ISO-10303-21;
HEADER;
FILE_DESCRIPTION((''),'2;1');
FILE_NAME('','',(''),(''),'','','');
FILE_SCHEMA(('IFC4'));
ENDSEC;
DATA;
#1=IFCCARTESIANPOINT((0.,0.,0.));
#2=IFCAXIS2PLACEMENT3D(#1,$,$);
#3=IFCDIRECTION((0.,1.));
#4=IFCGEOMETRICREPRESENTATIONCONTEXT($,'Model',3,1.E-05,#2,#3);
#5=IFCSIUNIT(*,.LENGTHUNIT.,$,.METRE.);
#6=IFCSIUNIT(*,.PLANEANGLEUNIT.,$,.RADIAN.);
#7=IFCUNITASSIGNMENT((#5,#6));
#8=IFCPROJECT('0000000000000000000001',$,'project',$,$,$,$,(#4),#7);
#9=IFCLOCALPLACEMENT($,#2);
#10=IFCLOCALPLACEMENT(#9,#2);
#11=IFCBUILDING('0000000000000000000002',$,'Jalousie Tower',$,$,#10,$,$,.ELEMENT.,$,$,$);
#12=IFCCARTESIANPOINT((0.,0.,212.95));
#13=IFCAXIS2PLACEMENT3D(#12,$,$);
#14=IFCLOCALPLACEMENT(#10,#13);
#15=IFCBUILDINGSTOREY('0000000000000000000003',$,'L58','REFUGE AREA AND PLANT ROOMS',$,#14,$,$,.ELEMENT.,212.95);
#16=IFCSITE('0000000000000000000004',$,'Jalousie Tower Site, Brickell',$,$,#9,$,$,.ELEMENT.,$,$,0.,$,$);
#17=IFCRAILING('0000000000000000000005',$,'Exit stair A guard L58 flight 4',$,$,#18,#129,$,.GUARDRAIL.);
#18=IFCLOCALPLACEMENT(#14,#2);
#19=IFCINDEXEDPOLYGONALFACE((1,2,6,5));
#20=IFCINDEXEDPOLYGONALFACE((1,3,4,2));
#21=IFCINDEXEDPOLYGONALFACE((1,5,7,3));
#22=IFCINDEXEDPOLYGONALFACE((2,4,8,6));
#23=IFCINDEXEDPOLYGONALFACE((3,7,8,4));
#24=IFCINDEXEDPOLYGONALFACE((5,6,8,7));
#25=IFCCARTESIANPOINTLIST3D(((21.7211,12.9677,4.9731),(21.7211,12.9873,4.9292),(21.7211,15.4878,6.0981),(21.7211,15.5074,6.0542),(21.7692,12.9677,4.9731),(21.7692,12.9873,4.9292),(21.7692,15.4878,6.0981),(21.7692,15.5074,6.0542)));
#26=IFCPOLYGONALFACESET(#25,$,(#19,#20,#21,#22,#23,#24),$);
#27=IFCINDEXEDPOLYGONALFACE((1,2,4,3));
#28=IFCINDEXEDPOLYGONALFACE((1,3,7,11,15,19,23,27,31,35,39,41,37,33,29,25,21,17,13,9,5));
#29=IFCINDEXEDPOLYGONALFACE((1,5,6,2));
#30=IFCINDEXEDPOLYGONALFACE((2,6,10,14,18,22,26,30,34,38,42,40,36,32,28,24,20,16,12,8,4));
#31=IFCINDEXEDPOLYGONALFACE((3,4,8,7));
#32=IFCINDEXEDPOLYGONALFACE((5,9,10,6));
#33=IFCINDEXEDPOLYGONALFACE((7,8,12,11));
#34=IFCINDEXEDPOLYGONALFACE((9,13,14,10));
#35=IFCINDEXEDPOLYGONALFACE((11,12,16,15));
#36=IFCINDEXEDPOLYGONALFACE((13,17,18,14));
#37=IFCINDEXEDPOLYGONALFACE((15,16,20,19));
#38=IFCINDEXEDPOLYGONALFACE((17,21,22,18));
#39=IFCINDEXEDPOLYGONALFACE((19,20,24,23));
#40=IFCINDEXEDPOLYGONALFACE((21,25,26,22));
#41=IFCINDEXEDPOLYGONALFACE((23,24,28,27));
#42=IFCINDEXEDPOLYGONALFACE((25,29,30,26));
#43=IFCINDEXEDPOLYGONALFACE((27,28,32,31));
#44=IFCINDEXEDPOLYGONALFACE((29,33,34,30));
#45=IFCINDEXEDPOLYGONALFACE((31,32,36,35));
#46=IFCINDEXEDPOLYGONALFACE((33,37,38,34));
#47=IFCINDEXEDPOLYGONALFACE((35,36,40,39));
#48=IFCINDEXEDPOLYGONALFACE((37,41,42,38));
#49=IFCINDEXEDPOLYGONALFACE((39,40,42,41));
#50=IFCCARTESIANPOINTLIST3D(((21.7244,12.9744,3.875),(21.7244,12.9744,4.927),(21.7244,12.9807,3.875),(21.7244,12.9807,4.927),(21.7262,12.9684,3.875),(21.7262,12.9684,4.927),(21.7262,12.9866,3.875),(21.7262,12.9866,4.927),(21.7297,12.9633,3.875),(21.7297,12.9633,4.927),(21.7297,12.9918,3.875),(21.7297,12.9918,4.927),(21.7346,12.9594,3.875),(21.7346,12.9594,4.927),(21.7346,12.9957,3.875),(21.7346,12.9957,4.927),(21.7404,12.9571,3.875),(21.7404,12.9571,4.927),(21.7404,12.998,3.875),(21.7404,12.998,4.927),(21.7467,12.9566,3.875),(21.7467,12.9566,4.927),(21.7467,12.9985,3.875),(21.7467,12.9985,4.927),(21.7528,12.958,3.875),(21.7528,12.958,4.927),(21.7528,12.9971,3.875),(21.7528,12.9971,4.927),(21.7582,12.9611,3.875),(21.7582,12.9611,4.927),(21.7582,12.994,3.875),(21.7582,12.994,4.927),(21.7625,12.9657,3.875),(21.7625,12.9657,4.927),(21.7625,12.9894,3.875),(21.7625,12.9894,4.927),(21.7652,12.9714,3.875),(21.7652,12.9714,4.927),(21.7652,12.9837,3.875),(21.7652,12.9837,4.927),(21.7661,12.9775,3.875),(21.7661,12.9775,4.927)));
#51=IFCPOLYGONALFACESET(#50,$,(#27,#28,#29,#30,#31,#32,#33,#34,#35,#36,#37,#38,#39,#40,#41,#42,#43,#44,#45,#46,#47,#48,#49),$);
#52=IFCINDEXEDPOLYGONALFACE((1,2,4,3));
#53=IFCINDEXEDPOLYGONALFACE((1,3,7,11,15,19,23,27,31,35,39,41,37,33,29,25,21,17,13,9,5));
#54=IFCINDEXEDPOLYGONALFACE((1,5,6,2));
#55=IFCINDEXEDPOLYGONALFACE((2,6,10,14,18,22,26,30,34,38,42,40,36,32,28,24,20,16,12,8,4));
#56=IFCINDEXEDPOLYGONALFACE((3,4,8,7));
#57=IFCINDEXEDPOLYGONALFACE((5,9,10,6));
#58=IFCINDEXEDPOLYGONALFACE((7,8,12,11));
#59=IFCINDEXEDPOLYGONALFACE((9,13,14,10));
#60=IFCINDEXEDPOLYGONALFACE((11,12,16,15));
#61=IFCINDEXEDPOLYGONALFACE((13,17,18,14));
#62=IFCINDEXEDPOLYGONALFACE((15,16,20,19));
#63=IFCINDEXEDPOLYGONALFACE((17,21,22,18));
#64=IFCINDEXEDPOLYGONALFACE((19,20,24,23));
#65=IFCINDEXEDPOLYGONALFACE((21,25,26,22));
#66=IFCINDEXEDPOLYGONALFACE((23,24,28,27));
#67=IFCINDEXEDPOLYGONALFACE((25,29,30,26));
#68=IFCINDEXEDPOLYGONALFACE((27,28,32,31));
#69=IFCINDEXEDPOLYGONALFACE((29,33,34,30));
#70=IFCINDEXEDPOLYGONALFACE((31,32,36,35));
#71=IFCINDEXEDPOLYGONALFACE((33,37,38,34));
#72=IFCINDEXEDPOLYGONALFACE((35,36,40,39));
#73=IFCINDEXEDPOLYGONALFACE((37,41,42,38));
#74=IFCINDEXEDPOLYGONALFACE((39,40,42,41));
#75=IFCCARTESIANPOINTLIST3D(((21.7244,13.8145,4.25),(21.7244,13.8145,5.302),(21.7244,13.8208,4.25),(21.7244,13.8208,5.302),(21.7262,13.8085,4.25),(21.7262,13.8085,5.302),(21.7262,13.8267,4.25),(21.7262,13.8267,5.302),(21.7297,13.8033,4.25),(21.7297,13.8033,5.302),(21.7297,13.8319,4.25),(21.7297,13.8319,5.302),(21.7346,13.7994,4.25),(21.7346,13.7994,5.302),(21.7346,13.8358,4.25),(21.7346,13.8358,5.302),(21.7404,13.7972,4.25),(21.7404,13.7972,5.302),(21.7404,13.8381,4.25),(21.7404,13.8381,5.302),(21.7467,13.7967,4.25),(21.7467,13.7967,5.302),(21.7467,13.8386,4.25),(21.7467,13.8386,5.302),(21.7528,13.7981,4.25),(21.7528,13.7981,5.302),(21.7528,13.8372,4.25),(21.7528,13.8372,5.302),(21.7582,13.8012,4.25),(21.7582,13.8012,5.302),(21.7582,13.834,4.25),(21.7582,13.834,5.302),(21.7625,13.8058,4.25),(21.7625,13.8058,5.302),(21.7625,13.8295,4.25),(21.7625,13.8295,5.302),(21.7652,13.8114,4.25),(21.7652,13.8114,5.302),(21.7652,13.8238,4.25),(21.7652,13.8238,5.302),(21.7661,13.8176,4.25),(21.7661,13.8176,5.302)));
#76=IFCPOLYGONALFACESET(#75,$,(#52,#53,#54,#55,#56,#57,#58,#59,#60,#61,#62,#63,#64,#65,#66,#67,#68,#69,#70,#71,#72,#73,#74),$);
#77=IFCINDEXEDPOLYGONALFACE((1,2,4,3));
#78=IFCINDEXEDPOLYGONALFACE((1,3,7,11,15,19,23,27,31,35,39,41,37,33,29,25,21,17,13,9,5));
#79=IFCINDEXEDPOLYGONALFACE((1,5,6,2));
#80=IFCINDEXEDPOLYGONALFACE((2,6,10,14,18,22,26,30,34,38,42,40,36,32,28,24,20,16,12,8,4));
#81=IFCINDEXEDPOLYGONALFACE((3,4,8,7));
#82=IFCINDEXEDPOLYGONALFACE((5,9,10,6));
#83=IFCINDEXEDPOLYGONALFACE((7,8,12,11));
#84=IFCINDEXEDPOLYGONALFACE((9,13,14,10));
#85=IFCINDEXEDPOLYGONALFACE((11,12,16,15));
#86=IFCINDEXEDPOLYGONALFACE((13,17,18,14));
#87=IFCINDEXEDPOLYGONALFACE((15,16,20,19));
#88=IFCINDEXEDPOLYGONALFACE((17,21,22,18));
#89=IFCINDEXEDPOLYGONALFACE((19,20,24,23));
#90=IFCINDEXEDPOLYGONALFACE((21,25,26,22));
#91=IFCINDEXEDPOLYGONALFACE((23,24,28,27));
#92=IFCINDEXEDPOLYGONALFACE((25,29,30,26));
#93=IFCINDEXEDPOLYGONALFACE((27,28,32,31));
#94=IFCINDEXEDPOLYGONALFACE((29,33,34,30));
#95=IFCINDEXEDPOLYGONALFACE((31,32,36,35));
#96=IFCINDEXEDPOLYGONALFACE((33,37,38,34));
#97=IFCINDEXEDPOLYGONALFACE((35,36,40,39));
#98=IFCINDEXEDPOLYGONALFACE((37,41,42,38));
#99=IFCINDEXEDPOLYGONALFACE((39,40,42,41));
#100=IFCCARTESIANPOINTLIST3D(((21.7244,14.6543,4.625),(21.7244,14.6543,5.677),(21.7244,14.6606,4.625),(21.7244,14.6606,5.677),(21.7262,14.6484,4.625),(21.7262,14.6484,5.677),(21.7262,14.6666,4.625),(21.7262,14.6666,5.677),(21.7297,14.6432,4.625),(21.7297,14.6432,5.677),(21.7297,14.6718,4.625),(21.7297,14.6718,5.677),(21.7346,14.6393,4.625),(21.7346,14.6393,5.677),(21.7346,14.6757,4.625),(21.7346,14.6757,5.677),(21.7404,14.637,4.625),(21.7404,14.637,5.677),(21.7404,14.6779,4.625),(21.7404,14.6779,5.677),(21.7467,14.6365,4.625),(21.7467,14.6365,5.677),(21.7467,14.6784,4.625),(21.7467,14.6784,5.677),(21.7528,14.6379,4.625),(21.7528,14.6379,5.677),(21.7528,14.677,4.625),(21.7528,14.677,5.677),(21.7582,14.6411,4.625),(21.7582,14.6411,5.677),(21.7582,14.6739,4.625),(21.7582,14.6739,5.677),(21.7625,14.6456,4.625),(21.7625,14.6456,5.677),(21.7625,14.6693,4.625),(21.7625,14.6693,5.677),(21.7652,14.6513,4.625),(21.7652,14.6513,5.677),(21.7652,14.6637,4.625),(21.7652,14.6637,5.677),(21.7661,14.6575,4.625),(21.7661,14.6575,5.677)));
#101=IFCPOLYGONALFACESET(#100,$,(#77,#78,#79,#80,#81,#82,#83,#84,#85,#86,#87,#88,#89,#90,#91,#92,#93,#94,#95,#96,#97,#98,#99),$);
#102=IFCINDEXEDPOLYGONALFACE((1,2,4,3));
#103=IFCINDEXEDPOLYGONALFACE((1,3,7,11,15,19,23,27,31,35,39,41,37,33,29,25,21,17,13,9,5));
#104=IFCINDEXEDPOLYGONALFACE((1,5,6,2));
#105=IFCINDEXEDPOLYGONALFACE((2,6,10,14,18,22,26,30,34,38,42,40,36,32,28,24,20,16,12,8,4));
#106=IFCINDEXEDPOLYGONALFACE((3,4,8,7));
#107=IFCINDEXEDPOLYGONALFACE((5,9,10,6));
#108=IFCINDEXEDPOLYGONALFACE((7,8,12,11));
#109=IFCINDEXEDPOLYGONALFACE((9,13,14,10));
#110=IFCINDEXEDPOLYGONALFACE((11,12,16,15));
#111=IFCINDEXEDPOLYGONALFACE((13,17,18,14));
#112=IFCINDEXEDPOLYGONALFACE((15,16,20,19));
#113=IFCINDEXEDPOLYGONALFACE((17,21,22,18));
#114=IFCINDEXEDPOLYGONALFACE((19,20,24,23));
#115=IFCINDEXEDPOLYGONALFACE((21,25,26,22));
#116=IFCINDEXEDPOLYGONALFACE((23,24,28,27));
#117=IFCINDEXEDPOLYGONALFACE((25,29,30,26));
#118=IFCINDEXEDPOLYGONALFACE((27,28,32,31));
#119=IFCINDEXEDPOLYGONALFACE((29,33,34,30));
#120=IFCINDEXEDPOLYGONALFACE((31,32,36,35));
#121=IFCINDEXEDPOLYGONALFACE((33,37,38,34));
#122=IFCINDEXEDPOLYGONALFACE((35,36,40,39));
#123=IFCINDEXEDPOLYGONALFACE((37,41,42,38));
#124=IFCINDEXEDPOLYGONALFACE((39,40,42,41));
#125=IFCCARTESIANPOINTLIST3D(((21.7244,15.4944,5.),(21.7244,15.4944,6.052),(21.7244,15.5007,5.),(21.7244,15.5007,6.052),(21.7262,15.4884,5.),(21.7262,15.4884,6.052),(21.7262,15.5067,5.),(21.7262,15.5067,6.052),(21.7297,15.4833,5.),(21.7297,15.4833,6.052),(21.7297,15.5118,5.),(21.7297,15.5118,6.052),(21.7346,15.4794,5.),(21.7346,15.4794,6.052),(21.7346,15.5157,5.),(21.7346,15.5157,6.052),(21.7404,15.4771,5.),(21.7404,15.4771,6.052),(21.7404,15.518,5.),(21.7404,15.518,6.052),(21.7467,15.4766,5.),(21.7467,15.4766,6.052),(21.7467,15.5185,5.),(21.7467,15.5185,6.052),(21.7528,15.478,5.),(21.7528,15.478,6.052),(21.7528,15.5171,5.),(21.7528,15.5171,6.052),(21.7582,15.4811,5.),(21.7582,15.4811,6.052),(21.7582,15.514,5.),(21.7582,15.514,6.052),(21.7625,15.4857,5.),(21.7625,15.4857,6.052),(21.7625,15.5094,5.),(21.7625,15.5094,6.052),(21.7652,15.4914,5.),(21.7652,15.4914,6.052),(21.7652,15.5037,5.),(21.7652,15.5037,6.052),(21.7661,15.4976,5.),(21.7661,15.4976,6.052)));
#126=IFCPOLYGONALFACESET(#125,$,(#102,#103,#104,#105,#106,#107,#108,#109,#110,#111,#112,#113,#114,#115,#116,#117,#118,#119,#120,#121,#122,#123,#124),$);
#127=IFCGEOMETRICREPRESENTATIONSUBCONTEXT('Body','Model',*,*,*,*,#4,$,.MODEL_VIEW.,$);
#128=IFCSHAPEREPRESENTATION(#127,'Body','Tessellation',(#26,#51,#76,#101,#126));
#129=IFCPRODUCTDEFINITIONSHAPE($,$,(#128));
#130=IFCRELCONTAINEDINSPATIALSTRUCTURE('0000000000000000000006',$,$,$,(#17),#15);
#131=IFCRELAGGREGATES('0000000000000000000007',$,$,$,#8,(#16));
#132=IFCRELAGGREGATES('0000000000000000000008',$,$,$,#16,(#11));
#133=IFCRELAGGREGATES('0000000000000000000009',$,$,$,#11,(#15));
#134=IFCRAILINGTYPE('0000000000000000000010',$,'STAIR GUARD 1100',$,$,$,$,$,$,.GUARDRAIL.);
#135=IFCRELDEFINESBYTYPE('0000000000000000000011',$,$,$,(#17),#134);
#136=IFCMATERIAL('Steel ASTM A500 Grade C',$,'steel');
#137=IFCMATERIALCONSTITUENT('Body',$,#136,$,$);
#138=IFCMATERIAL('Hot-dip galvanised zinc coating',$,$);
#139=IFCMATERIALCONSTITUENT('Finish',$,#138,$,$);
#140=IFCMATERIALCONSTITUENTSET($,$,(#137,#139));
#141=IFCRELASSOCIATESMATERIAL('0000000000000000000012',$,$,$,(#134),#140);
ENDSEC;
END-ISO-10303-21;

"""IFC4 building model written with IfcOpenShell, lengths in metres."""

from ifc_helpers import new_model, si_unit, direction, frame, origin, origin_2d, place, context, subcontext, project, spatial, rectangle, circle, extrude, material, constituent, constituent_set, type_object, element, save


model = new_model("IFC4")

# Units and contexts
model_context = context("Model", 3, precision=1e-05, world=origin(), true_north=direction((0.0, 1.0)))
body_context = subcontext(model_context, "Body", "Model", "MODEL_VIEW")
ifc_project = project(units=[si_unit("LENGTHUNIT", "METRE"), si_unit("PLANEANGLEUNIT", "RADIAN")], contexts=[model_context])

# Site, building, storey
site_placement = place(None, origin())
site = spatial("IfcSite", under=ifc_project, at=site_placement, Name="Jalousie Tower Site, Brickell", CompositionType="ELEMENT", RefElevation=0.0)
building_placement = place(site_placement, origin())
building = spatial("IfcBuilding", under=site, at=building_placement, Name="Jalousie Tower", CompositionType="ELEMENT")
storey_placement = place(building_placement, frame((0.0, 0.0, 212.95)))
storey = spatial("IfcBuildingStorey", under=building, at=storey_placement, Name="L58", Description="REFUGE AREA AND PLANT ROOMS", CompositionType="ELEMENT", Elevation=212.95)

# Railing
ifc_material_1 = material(Name="Steel ASTM A500 Grade C", Category="steel")
ifc_constituent_1 = constituent(ifc_material_1, Name="Body")
ifc_material_2 = material(Name="Hot-dip galvanised zinc coating")
ifc_constituent_2 = constituent(ifc_material_2, Name="Finish")
ifc_constituent_set_1 = constituent_set(constituents=[ifc_constituent_1, ifc_constituent_2])
railing_type_1 = type_object("IfcRailingType", Name="STAIR GUARD 1100", PredefinedType="GUARDRAIL", material=ifc_constituent_set_1)
for number, where, name in (
    (1, (21.7451, 12.9775, 3.875), "Exit stair A guard L58 flight 4"),
):
    element("IfcRailing", number, at=place(storey_placement, frame(where)), inside=storey, type_object=railing_type_1, Name=name, PredefinedType="GUARDRAIL", context=body_context, shape_type="SweptSolid", body=[
        extrude(rectangle(XDim=0.0481, YDim=0.0481, at=origin_2d()), frame((0.0, 0.0, 1.0762), z_axis=(0.0, 0.913139, 0.407648), x_axis=(-1.0, 0.0, 0.0)), (0.0, 0.0, 1.0), 2.7598),
        extrude(circle(Radius=0.021, at=origin_2d()), origin(), (0.0, 0.0, 1.0), 1.052),
        extrude(circle(Radius=0.021, at=origin_2d()), frame((0.0, 0.8401, 0.375)), (0.0, 0.0, 1.0), 1.052),
        extrude(circle(Radius=0.021, at=origin_2d()), frame((0.0, 1.6799, 0.75)), (0.0, 0.0, 1.0), 1.052),
        extrude(circle(Radius=0.021, at=origin_2d()), frame((0.0, 2.52, 1.125)), (0.0, 0.0, 1.0), 1.052),
    ])

save(model, "model.ifc")
